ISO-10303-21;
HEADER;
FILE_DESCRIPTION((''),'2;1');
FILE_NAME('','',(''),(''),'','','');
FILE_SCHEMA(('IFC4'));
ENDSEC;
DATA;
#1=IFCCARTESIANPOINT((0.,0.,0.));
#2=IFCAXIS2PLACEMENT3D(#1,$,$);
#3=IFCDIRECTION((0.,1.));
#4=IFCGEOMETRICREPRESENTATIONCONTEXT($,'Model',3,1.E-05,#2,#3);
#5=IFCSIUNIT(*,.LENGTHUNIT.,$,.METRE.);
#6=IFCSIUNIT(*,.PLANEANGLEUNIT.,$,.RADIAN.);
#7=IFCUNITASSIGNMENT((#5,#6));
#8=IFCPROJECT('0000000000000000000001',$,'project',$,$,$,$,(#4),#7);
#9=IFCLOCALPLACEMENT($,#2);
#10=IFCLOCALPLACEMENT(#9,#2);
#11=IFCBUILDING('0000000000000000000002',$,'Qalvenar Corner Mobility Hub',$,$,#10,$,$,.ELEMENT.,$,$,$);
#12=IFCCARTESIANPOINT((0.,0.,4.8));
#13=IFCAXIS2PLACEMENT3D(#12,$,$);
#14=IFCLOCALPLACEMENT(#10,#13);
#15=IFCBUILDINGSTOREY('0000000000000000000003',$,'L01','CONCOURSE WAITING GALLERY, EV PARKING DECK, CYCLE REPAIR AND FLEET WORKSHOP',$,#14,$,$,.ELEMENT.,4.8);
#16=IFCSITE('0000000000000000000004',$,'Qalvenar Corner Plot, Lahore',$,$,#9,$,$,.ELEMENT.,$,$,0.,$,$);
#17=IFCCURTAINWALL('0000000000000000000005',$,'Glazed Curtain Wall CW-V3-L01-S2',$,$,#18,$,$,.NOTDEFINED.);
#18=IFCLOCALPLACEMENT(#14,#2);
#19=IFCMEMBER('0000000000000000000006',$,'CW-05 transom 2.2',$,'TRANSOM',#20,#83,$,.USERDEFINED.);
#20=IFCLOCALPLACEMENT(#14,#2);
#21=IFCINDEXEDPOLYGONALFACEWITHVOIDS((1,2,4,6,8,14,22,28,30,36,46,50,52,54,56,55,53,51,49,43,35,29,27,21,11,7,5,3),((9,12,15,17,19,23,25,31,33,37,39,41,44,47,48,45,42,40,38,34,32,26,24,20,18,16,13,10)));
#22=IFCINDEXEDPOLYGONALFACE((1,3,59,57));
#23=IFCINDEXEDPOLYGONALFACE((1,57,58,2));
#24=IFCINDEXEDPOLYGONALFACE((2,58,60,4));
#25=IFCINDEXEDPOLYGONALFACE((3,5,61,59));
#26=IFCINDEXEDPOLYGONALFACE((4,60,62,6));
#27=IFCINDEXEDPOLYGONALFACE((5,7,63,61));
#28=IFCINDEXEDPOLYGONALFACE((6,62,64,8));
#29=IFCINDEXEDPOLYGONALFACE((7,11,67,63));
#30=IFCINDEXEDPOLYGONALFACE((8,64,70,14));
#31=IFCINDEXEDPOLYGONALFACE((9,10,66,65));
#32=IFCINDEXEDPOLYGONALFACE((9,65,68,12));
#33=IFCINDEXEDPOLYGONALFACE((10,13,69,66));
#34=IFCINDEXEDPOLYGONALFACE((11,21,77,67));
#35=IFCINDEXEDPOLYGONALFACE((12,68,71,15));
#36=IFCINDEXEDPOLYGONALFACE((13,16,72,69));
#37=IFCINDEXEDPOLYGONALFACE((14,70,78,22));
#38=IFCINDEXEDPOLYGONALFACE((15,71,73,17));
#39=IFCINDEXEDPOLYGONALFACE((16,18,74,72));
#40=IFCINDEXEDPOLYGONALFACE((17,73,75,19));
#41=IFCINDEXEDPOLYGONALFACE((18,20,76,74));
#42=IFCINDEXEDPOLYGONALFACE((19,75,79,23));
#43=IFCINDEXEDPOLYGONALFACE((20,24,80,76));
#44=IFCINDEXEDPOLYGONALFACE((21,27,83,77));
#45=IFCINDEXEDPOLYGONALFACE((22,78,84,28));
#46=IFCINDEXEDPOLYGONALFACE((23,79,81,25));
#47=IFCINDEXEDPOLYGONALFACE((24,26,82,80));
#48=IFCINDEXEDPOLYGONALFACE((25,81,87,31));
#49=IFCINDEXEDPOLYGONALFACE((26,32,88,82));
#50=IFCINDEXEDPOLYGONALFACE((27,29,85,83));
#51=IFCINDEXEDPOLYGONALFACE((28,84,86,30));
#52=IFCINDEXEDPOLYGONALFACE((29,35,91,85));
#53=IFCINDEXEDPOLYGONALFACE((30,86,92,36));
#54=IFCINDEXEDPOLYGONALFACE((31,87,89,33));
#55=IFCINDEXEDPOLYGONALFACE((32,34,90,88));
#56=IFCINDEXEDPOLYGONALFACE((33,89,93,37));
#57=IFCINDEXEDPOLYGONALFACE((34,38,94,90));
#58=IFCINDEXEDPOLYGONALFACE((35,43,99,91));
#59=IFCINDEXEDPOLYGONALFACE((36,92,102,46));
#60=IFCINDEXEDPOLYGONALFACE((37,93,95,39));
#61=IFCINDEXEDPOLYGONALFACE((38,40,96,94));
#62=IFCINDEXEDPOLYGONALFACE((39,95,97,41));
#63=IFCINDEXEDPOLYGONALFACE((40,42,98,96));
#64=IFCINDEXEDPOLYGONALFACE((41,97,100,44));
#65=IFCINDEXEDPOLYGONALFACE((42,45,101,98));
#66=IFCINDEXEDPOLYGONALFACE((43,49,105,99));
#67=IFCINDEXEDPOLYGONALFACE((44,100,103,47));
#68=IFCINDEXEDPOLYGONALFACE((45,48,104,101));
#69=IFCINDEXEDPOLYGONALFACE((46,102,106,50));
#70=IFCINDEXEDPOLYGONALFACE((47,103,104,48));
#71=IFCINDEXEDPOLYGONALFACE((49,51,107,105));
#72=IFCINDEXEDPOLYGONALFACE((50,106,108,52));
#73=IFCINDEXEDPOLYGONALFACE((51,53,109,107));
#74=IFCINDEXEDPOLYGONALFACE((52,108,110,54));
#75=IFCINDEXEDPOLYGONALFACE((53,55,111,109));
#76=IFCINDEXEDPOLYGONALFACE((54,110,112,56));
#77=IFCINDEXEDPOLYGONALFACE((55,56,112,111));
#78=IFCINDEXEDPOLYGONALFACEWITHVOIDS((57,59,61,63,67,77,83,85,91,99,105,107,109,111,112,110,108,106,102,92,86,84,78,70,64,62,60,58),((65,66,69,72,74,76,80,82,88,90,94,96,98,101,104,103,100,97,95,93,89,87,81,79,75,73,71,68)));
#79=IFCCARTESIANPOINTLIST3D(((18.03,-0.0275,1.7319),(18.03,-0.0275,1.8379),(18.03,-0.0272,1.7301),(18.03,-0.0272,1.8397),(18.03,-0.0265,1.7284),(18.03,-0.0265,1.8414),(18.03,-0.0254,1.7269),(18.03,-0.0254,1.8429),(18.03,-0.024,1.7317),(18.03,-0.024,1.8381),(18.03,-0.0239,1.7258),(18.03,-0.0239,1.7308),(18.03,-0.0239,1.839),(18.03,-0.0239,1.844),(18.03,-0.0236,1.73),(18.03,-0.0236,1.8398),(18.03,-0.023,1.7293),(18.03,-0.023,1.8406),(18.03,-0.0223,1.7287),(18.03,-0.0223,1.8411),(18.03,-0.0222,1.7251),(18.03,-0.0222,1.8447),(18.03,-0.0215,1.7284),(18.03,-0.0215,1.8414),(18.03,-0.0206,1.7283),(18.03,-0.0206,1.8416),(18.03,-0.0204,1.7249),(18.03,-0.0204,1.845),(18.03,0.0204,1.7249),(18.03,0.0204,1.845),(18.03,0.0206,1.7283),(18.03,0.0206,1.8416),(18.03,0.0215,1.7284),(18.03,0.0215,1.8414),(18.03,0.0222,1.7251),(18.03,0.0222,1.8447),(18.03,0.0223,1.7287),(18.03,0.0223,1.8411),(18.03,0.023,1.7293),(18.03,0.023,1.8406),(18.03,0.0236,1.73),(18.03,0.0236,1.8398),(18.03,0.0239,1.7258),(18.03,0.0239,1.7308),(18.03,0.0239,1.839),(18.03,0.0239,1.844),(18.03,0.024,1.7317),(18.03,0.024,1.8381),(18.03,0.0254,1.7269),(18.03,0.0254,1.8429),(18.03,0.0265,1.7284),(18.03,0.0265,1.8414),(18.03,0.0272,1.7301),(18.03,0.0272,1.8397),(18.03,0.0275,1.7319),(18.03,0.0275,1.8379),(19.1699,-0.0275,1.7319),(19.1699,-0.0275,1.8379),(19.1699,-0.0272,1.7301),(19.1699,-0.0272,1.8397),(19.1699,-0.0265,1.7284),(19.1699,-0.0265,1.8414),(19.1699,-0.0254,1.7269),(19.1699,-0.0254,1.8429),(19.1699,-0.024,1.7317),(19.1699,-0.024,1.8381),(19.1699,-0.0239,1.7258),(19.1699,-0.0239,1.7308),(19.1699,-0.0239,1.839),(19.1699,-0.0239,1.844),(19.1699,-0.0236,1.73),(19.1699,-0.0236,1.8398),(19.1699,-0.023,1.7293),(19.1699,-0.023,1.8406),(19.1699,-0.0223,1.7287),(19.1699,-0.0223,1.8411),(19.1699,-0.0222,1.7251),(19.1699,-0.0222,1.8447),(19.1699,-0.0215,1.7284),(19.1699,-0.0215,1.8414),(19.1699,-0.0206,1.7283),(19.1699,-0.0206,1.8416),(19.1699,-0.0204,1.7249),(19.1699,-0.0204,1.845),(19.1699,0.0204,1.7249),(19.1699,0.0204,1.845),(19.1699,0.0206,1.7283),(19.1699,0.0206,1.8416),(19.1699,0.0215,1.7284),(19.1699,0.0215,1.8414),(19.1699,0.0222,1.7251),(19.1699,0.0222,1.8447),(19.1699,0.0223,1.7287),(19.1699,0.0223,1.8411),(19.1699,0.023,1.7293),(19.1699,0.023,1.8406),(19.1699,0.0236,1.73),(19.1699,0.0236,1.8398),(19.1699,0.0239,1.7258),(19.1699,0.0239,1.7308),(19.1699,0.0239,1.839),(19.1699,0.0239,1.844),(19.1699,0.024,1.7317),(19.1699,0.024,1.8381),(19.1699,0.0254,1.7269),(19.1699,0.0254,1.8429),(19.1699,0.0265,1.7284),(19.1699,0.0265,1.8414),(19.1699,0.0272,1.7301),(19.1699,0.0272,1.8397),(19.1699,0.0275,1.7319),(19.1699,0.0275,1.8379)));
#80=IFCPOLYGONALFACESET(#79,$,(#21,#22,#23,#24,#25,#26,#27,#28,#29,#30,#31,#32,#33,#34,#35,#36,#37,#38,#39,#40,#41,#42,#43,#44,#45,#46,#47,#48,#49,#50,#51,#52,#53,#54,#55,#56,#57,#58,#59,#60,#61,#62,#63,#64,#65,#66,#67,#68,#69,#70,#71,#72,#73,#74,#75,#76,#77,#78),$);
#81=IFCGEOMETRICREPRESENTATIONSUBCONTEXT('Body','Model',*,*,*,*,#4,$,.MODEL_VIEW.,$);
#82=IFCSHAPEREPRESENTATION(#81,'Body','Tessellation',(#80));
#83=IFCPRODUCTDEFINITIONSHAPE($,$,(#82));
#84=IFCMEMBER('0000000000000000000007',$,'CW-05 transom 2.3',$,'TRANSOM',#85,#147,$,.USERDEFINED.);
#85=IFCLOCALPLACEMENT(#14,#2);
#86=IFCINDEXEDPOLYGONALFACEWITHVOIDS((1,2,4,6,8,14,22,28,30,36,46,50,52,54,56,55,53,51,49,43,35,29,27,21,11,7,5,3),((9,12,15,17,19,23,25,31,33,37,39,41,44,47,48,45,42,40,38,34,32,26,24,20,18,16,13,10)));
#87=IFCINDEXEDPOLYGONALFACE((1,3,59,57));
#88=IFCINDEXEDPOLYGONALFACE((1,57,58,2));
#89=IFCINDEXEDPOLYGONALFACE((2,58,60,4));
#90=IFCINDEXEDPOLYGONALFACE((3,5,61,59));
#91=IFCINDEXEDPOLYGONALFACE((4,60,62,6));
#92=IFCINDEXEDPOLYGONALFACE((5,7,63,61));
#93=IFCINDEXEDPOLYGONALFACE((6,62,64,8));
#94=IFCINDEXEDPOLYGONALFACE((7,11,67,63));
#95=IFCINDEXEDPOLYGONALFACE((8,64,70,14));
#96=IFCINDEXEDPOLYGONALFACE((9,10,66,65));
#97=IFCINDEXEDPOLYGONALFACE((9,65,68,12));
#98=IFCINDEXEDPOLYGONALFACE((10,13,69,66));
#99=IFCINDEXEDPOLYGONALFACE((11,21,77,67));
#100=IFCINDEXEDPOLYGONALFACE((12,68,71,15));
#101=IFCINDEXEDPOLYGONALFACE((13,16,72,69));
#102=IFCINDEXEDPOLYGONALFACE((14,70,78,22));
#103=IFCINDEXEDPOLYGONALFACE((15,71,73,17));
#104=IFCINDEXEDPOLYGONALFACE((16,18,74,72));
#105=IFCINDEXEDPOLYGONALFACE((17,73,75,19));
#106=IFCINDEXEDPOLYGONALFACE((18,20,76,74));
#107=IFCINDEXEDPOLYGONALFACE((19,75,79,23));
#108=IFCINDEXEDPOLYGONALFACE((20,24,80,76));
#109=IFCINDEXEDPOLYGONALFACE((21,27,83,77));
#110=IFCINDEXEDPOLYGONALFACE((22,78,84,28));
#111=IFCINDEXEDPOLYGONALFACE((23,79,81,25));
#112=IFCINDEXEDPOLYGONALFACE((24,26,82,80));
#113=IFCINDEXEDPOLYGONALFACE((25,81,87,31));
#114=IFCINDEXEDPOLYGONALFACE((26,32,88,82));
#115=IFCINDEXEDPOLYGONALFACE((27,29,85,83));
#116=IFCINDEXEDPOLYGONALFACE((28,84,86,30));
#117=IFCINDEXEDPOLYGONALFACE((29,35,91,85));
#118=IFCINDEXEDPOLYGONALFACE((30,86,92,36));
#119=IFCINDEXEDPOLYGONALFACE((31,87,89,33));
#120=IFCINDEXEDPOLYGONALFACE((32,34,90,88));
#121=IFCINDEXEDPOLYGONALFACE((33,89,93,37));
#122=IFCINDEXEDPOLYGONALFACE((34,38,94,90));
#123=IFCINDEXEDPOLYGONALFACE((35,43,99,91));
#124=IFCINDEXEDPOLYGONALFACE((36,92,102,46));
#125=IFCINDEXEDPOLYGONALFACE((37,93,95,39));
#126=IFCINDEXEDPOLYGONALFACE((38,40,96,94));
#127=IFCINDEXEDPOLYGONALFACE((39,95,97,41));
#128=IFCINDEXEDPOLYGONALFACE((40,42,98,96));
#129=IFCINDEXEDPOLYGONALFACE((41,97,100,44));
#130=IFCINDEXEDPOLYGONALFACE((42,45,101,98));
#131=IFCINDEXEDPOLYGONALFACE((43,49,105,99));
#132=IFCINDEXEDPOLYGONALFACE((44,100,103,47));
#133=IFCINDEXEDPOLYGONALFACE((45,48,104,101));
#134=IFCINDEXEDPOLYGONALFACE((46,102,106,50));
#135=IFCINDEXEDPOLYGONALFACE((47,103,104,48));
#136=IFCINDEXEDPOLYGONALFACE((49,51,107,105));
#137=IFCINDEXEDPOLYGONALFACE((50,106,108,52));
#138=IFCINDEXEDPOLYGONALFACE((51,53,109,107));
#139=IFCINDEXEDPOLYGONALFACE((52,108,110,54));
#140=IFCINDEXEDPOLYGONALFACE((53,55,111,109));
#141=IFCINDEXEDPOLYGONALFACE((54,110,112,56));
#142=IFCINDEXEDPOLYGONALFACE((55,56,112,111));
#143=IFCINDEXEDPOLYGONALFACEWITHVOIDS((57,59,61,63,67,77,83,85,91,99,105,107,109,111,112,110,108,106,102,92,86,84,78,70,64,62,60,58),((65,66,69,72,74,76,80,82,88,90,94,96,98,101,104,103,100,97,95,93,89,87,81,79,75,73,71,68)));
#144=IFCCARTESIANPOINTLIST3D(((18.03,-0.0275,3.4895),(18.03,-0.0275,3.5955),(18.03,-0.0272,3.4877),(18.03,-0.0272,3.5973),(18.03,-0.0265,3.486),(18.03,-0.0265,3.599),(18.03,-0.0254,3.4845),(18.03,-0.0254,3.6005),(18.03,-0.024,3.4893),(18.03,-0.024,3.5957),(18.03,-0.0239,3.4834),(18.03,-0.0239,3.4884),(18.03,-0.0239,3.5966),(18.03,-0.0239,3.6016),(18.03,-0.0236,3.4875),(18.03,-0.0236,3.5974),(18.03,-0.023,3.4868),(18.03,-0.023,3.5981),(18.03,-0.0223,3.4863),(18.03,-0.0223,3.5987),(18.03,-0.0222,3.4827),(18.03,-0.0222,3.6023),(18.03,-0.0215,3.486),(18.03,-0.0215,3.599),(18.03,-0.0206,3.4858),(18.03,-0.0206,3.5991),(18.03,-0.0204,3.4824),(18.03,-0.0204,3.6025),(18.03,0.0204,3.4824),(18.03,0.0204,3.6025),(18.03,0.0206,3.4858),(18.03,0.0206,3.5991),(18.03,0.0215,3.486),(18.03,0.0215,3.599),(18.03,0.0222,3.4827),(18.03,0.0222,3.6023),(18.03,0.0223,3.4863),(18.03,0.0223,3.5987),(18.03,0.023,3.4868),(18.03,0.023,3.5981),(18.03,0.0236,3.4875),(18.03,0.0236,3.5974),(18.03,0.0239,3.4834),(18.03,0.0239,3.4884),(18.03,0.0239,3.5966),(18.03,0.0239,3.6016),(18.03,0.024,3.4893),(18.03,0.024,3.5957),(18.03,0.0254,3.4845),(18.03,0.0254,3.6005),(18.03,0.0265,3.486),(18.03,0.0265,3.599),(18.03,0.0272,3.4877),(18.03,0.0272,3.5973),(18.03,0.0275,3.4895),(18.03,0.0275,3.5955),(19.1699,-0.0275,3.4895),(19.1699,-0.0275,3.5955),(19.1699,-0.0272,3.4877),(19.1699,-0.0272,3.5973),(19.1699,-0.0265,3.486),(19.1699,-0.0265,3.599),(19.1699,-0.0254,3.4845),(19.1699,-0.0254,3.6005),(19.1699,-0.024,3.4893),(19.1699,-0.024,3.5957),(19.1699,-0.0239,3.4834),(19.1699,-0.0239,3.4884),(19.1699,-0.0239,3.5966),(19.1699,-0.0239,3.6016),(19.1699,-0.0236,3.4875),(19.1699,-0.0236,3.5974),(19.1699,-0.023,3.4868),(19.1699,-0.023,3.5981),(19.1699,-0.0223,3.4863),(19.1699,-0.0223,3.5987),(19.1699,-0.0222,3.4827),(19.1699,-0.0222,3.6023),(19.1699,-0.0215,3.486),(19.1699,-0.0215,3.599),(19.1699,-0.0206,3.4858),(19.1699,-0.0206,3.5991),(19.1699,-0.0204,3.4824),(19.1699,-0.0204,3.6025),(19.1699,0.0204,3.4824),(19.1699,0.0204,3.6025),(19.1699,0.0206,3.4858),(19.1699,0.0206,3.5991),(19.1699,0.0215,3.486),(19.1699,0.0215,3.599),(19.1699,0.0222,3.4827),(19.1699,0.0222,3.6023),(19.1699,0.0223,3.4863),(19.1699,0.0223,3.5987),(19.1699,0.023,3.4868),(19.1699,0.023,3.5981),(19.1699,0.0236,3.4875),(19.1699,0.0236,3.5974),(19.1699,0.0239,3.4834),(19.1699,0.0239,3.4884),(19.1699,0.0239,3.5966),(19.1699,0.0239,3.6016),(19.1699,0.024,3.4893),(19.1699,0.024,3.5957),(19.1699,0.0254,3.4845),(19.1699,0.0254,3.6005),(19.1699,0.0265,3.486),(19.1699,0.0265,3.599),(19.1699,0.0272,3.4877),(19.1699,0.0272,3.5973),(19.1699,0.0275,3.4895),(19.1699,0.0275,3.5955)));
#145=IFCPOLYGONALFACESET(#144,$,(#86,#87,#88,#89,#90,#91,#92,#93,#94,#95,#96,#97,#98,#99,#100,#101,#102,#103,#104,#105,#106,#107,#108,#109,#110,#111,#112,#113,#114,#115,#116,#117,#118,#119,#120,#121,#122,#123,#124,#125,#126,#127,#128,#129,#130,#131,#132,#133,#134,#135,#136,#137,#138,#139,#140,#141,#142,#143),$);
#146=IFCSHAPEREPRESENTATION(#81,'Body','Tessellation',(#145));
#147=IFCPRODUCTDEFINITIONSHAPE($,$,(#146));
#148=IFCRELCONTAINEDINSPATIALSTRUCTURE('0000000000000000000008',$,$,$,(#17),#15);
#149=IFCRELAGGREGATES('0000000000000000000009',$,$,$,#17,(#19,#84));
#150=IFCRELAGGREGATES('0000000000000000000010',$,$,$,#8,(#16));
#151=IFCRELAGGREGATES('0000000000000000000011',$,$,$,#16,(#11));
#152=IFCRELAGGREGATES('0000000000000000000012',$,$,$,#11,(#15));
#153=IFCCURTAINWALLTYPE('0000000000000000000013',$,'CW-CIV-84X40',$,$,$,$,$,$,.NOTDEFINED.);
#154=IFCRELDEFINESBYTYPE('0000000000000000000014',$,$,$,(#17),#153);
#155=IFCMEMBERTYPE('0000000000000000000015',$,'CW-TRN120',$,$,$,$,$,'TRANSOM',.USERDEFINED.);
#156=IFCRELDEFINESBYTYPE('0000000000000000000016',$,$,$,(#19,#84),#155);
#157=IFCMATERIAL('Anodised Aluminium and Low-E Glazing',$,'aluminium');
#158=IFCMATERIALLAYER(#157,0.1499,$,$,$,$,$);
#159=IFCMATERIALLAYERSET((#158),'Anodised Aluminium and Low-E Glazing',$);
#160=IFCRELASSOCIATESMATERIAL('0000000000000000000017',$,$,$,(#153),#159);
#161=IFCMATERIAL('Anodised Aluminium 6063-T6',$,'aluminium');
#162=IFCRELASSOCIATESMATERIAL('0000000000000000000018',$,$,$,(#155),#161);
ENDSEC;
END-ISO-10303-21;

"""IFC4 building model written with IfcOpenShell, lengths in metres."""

from ifc_helpers import new_model, si_unit, direction, frame, origin, origin_2d, place, context, subcontext, project, spatial, hollow_rectangle, extrude, material, layer, layer_set, material_profile, profile_set, type_object, element, aggregate, save


model = new_model("IFC4")

# Units and contexts
model_context = context("Model", 3, precision=1e-05, world=origin(), true_north=direction((0.0, 1.0)))
body_context = subcontext(model_context, "Body", "Model", "MODEL_VIEW")
ifc_project = project(units=[si_unit("LENGTHUNIT", "METRE"), si_unit("PLANEANGLEUNIT", "RADIAN")], contexts=[model_context])

# Site, building, storey
site_placement = place(None, origin())
site = spatial("IfcSite", under=ifc_project, at=site_placement, Name="Qalvenar Corner Plot, Lahore", CompositionType="ELEMENT", RefElevation=0.0)
building_placement = place(site_placement, origin())
building = spatial("IfcBuilding", under=site, at=building_placement, Name="Qalvenar Corner Mobility Hub", CompositionType="ELEMENT")
storey_placement = place(building_placement, frame((0.0, 0.0, 4.8)))
storey = spatial("IfcBuildingStorey", under=building, at=storey_placement, Name="L01", Description="CONCOURSE WAITING GALLERY, EV PARKING DECK, CYCLE REPAIR AND FLEET WORKSHOP", CompositionType="ELEMENT", Elevation=4.8)

# Curtain wall, members
ifc_material_1 = material(Name="Anodised Aluminium and Low-E Glazing", Category="aluminium")
ifc_layer_1 = layer(ifc_material_1, 0.1499)
ifc_layer_set_1 = layer_set([ifc_layer_1], Name="Anodised Aluminium and Low-E Glazing")
curtain_wall_type = type_object("IfcCurtainWallType", Name="CW-CIV-84X40", PredefinedType="NOTDEFINED", material=ifc_layer_set_1)
curtain_wall_placement = place(storey_placement, origin())
curtain_wall = element("IfcCurtainWall", 1, at=curtain_wall_placement, inside=storey, type_object=curtain_wall_type, Name="Glazed Curtain Wall CW-V3-L01-S2", PredefinedType="NOTDEFINED")
ifc_material_2 = material(Name="Anodised Aluminium 6063-T6", Category="aluminium")
ifc_material_profile_1 = material_profile(ifc_material_2, hollow_rectangle(XDim=0.0549, YDim=0.1201, WallThickness=0.0034, InnerFilletRadius=0.0034, OuterFilletRadius=0.0071, at=origin_2d()), Name="RHS120x55x3.5")
ifc_profile_set_1 = profile_set([ifc_material_profile_1], Name="Anodised Aluminium 6063-T6")
member_type_1 = type_object("IfcMemberType", Name="CW-TRN120", ElementType="TRANSOM", PredefinedType="USERDEFINED", material=ifc_profile_set_1)
member_1_placement = place(storey_placement, frame((18.03, 0.0, 1.7849), z_axis=(1.0, 0.0, 0.0), x_axis=(0.0, 1.0, 0.0)))
member_1 = element("IfcMember", 2, at=member_1_placement, type_object=member_type_1, Name="CW-05 transom 2.2", ObjectType="TRANSOM", PredefinedType="USERDEFINED", context=body_context, shape_type="SweptSolid", body=[
    extrude(hollow_rectangle(XDim=0.0549, YDim=0.1201, WallThickness=0.0034, InnerFilletRadius=0.0034, OuterFilletRadius=0.0071, at=origin_2d()), origin(), (0.0, 0.0, 1.0), 1.1399),
])
member_2_placement = place(storey_placement, frame((18.03, 0.0, 3.5425), z_axis=(1.0, 0.0, 0.0), x_axis=(0.0, 1.0, 0.0)))
member_2 = element("IfcMember", 3, at=member_2_placement, type_object=member_type_1, Name="CW-05 transom 2.3", ObjectType="TRANSOM", PredefinedType="USERDEFINED", context=body_context, shape_type="SweptSolid", body=[
    extrude(hollow_rectangle(XDim=0.0549, YDim=0.1201, WallThickness=0.0034, InnerFilletRadius=0.0034, OuterFilletRadius=0.0071, at=origin_2d()), origin(), (0.0, 0.0, 1.0), 1.1399),
])
aggregate(curtain_wall, [member_1, member_2])

save(model, "model.ifc")
